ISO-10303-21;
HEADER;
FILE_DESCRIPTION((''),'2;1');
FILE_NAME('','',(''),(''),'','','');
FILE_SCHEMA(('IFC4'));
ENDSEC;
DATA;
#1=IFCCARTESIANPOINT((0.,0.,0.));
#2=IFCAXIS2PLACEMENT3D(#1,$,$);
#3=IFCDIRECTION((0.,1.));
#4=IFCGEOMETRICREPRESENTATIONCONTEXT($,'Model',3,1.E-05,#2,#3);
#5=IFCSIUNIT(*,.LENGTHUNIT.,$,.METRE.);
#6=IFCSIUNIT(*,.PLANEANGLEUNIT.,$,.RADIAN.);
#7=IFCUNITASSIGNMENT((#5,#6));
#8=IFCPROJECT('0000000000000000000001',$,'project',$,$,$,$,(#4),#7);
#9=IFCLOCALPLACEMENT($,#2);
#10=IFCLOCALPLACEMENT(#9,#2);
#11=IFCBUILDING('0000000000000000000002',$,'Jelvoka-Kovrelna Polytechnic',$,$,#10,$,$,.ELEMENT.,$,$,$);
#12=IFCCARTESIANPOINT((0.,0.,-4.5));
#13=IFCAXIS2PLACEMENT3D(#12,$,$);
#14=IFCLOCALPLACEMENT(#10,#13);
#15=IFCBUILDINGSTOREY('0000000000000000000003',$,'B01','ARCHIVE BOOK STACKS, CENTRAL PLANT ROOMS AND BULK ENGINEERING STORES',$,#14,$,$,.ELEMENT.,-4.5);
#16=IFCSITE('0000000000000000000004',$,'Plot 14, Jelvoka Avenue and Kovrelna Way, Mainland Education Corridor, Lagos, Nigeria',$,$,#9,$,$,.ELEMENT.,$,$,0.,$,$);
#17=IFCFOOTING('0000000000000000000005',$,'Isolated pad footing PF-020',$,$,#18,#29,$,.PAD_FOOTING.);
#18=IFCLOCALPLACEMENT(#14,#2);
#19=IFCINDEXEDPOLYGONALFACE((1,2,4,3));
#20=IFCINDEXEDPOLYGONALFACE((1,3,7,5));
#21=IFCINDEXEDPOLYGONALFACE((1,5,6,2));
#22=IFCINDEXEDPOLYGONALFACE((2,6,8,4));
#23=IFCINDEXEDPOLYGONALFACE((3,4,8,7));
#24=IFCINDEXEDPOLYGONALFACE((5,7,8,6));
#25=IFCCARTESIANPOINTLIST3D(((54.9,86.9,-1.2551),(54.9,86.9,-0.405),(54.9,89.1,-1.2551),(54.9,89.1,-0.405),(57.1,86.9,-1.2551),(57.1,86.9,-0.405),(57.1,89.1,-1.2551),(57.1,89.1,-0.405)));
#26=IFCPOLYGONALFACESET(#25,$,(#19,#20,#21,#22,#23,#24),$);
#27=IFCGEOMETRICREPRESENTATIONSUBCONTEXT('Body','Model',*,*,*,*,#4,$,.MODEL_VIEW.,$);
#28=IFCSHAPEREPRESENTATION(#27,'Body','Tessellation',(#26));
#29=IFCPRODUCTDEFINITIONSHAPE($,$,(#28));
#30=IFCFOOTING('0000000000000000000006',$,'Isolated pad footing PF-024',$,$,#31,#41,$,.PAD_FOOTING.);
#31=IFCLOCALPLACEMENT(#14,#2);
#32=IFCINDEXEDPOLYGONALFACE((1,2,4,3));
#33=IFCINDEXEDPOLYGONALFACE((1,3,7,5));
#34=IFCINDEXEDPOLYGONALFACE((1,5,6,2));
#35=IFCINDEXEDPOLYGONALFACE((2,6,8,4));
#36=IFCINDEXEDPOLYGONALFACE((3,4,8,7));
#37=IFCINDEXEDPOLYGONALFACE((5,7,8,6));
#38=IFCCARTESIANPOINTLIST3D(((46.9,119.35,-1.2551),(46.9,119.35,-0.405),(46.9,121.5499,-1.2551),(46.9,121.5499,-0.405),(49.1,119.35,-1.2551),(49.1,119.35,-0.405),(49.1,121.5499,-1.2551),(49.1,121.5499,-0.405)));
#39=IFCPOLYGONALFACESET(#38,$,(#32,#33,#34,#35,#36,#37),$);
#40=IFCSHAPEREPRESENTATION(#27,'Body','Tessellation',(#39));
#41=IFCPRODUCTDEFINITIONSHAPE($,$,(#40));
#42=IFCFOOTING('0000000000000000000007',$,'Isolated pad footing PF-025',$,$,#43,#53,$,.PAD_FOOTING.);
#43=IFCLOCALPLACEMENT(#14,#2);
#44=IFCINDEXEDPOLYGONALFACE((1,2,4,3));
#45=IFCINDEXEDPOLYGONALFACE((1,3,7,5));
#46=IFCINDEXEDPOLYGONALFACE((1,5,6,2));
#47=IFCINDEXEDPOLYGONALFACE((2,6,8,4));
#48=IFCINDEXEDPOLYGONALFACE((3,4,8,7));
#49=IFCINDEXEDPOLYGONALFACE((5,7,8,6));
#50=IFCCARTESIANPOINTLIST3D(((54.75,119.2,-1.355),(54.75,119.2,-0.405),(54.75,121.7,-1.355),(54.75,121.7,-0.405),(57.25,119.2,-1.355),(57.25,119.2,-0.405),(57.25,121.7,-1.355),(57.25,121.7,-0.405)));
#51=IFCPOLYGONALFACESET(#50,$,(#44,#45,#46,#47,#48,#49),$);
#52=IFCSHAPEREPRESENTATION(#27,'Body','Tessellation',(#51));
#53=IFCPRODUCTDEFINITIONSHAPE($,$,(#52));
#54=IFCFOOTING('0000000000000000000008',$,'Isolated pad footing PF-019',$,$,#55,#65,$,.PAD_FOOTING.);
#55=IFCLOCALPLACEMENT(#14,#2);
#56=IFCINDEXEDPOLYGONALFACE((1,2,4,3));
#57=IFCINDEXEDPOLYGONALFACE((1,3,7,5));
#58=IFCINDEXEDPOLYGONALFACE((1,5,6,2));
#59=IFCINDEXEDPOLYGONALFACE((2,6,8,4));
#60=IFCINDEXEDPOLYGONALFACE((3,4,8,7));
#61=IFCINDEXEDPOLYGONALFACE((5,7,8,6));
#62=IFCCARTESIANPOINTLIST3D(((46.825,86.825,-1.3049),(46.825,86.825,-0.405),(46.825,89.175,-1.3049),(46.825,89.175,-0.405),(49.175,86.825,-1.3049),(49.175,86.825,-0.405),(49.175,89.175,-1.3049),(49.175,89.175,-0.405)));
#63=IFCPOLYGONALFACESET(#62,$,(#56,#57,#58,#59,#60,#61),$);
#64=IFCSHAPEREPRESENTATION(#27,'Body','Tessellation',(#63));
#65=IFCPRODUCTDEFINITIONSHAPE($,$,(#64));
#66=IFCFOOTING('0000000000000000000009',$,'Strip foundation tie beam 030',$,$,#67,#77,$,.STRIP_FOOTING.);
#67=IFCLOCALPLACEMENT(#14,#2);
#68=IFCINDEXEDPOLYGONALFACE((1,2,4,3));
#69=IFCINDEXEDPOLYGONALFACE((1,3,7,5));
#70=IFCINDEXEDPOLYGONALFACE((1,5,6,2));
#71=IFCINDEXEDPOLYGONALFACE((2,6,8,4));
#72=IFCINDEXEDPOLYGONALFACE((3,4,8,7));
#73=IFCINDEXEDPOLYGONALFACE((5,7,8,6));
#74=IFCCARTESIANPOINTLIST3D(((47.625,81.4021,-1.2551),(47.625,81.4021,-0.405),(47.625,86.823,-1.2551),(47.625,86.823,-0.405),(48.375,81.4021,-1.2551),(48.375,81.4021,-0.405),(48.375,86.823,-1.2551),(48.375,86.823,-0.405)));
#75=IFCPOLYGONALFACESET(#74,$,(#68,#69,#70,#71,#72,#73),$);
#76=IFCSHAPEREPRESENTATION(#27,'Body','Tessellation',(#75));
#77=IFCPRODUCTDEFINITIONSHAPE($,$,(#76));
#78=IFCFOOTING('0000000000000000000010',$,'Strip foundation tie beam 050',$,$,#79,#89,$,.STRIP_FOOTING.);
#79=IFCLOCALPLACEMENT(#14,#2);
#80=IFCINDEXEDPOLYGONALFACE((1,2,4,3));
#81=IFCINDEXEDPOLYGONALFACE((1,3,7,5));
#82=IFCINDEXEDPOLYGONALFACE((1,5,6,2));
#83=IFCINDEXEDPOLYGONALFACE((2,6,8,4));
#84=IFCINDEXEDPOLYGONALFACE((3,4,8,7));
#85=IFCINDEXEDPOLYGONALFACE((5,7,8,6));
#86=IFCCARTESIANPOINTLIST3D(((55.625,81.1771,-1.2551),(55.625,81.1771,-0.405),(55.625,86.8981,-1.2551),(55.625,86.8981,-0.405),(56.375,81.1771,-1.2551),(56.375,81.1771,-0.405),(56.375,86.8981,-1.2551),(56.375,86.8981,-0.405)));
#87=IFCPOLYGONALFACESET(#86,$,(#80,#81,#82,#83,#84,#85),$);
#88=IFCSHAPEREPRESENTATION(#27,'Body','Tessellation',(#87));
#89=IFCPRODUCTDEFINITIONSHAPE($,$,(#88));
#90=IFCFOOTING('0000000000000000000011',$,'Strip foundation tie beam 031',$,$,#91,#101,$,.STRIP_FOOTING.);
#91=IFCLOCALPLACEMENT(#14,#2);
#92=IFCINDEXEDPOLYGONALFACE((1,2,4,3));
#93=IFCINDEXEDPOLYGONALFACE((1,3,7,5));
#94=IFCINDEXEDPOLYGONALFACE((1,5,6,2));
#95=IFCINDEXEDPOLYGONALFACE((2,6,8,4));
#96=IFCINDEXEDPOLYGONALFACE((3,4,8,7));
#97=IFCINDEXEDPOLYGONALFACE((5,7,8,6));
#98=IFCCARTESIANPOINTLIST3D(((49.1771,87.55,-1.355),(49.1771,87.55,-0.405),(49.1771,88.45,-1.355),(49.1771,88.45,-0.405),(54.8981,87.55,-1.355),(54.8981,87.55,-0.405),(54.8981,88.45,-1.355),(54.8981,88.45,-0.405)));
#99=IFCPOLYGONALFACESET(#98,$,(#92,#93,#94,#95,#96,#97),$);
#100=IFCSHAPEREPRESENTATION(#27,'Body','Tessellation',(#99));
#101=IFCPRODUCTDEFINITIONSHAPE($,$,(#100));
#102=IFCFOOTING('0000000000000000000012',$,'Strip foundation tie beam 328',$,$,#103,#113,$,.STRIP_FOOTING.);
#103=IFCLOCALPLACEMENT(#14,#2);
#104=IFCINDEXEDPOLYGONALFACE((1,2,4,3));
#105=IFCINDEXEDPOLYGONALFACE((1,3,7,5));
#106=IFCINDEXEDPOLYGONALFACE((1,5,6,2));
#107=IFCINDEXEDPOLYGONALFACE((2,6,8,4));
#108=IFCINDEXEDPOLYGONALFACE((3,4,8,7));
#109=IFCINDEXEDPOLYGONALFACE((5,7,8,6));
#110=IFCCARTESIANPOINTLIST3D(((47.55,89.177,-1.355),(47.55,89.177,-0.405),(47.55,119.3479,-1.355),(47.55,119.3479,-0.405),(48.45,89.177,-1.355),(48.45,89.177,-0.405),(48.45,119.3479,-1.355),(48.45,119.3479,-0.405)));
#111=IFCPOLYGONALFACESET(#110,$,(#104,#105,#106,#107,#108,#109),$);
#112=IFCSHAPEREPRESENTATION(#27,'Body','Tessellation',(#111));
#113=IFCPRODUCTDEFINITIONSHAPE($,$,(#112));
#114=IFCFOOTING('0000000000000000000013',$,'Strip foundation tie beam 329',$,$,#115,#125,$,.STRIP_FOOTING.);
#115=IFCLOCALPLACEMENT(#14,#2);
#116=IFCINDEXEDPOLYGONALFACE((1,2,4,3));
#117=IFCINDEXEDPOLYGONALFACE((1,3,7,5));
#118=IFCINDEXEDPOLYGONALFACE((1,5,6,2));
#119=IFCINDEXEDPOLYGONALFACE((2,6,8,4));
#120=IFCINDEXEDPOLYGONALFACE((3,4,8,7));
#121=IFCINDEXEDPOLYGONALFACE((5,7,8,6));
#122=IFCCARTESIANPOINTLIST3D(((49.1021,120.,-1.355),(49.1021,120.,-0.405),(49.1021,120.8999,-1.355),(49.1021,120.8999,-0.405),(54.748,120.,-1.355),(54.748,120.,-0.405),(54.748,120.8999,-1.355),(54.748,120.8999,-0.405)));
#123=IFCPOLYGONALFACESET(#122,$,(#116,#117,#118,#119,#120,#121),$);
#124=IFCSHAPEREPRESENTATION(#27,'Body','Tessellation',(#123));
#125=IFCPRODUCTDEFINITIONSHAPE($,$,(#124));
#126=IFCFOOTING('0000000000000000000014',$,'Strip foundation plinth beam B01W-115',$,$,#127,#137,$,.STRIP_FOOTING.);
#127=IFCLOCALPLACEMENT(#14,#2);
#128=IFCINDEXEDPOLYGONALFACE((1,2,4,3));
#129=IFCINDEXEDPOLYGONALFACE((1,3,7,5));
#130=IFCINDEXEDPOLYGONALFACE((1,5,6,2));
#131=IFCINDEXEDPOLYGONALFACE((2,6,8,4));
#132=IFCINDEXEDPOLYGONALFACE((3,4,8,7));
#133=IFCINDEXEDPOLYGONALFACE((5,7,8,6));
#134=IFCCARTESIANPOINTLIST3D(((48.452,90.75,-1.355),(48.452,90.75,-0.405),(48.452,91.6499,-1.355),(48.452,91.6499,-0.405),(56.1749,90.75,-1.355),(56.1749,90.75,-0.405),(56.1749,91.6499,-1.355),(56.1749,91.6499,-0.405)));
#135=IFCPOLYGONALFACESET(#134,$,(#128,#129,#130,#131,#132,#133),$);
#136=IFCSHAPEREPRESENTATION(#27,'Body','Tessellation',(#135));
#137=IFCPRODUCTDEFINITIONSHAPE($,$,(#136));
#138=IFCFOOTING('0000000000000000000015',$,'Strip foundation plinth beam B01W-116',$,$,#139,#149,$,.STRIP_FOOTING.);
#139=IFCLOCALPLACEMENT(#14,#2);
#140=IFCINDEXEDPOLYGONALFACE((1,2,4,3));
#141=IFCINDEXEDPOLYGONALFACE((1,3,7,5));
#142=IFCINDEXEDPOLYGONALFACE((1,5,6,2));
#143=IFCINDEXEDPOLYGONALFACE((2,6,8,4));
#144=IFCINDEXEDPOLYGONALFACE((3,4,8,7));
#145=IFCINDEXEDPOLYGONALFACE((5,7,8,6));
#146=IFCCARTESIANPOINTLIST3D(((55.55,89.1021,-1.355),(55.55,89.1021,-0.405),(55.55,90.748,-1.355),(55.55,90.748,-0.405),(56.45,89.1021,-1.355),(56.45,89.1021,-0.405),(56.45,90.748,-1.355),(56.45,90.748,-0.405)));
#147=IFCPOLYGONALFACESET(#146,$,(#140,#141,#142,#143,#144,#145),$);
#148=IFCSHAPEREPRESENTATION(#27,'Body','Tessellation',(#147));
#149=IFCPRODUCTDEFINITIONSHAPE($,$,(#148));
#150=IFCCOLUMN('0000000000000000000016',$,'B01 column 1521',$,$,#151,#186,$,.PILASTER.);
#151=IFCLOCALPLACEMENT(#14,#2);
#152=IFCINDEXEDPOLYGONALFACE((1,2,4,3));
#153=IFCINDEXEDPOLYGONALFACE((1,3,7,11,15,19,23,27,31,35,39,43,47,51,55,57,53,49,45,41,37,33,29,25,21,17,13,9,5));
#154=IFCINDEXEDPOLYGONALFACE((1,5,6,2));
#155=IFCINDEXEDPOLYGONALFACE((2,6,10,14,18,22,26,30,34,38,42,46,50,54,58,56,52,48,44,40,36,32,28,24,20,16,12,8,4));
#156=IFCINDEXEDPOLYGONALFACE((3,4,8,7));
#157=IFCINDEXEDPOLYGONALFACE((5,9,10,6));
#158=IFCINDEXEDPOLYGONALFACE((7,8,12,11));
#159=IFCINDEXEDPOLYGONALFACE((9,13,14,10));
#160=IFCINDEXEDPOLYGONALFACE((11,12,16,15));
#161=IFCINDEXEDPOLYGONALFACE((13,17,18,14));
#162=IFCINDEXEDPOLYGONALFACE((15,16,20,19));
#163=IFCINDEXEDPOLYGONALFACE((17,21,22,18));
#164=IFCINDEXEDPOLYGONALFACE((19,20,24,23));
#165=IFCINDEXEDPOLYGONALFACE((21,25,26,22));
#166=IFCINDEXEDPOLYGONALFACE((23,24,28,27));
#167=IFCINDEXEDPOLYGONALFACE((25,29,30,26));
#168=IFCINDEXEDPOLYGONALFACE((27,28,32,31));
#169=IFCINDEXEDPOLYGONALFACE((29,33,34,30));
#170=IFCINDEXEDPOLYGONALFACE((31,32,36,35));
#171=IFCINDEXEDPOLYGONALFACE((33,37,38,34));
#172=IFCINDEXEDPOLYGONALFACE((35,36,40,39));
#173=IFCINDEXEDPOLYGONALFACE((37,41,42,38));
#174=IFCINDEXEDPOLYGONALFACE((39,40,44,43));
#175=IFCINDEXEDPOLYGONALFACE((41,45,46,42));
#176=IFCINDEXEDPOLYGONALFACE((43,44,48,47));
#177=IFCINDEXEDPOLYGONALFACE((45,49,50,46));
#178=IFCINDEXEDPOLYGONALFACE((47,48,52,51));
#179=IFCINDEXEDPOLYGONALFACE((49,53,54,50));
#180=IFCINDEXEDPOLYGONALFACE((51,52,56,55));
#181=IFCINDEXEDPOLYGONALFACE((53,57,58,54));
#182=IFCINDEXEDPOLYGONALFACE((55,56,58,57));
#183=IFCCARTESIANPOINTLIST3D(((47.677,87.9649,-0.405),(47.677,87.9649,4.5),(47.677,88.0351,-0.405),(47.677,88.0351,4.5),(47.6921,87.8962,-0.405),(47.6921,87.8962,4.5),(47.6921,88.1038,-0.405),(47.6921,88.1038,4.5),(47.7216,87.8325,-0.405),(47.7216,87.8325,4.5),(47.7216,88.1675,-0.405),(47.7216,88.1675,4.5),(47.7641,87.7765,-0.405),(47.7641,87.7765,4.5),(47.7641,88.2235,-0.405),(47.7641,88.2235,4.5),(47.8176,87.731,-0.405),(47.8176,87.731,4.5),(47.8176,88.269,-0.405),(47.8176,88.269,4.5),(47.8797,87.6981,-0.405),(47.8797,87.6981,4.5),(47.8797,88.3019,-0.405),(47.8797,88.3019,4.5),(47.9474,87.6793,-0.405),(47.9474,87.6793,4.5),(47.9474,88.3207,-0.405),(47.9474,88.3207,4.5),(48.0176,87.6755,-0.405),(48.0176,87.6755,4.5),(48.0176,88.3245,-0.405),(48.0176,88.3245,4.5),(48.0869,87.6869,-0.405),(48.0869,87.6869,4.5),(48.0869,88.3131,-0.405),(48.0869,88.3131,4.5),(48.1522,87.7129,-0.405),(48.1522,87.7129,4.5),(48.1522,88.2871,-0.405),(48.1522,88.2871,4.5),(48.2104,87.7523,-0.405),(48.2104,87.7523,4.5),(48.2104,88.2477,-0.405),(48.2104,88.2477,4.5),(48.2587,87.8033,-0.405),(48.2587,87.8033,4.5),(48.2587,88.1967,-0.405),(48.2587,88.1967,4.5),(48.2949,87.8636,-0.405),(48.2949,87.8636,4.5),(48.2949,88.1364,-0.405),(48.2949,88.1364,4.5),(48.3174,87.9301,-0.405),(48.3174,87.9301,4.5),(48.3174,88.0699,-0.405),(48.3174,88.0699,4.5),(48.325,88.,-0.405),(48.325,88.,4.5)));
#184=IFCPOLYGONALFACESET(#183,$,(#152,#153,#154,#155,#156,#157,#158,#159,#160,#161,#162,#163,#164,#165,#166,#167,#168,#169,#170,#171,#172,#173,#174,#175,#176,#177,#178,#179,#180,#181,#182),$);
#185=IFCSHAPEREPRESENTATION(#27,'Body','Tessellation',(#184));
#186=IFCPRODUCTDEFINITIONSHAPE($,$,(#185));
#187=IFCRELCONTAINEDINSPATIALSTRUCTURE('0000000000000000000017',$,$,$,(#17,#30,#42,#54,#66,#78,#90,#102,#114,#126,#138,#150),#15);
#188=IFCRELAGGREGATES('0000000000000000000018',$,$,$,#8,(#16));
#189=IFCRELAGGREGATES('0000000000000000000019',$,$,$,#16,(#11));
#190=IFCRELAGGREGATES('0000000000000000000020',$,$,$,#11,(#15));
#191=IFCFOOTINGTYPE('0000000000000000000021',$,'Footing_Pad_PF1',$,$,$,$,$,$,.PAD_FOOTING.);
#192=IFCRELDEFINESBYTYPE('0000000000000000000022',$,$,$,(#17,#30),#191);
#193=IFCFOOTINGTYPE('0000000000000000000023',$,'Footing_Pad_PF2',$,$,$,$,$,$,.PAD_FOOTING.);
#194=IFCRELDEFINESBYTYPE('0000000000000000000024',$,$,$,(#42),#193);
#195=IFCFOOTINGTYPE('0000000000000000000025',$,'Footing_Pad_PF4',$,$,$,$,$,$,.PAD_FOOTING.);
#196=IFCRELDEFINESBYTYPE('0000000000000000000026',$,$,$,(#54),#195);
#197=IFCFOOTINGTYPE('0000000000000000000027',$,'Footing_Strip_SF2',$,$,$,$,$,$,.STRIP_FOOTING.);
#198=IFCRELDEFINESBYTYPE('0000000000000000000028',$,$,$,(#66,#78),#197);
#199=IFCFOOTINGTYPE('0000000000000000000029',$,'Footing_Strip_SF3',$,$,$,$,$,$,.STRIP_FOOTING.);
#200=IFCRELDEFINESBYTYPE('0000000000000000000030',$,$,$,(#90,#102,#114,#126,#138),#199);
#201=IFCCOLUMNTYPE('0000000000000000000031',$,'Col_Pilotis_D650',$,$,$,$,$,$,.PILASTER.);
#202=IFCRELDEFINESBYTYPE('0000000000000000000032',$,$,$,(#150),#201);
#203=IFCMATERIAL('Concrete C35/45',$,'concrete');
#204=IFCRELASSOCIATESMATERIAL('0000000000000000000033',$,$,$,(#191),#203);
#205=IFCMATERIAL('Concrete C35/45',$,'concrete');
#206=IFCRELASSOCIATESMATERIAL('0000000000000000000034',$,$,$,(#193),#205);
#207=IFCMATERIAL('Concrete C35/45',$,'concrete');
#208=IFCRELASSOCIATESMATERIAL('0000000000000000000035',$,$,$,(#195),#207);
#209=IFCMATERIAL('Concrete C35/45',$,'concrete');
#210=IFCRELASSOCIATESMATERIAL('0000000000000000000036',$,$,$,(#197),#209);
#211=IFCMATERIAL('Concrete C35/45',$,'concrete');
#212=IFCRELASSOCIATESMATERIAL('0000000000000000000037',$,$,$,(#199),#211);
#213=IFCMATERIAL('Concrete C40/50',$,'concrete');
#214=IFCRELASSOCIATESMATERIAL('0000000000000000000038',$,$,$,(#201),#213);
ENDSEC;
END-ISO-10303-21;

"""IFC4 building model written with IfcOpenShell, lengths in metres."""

from ifc_helpers import new_model, si_unit, direction, frame, origin, origin_2d, place, context, subcontext, project, spatial, rectangle, circle, extrude, material, material_profile, profile_set, type_object, element, save


model = new_model("IFC4")

# Units and contexts
model_context = context("Model", 3, precision=1e-05, world=origin(), true_north=direction((0.0, 1.0)))
body_context = subcontext(model_context, "Body", "Model", "MODEL_VIEW")
ifc_project = project(units=[si_unit("LENGTHUNIT", "METRE"), si_unit("PLANEANGLEUNIT", "RADIAN")], contexts=[model_context])

# Site, building, storey
site_placement = place(None, origin())
site = spatial("IfcSite", under=ifc_project, at=site_placement, Name="Plot 14, Jelvoka Avenue and Kovrelna Way, Mainland Education Corridor, Lagos, Nigeria", CompositionType="ELEMENT", RefElevation=0.0)
building_placement = place(site_placement, origin())
building = spatial("IfcBuilding", under=site, at=building_placement, Name="Jelvoka-Kovrelna Polytechnic", CompositionType="ELEMENT")
storey_placement = place(building_placement, frame((0.0, 0.0, -4.5)))
storey = spatial("IfcBuildingStorey", under=building, at=storey_placement, Name="B01", Description="ARCHIVE BOOK STACKS, CENTRAL PLANT ROOMS AND BULK ENGINEERING STORES", CompositionType="ELEMENT", Elevation=-4.5)

# Footings
ifc_material_1 = material(Name="Concrete C35/45", Category="concrete")
footing_type_1 = type_object("IfcFootingType", Name="Footing_Pad_PF1", PredefinedType="PAD_FOOTING", material=ifc_material_1)
for number, where, z_axis, x_axis, name in (
    (1, (56.0, 88.0, -1.2551), (0.0, 0.0, 1.0), (1.0, 0.0, 0.0), "Isolated pad footing PF-020"),
    (2, (48.0, 120.45, -1.2551), (0.0, 0.0, 1.0), (1.0, 0.0, 0.0), "Isolated pad footing PF-024"),
):
    element("IfcFooting", number, at=place(storey_placement, frame(where, z_axis=z_axis, x_axis=x_axis)), inside=storey, type_object=footing_type_1, Name=name, PredefinedType="PAD_FOOTING", context=body_context, shape_type="SweptSolid", body=[
        extrude(rectangle(XDim=2.2, YDim=2.2, at=origin_2d()), origin(), (0.0, 0.0, 1.0), 0.8501),
    ])
ifc_material_2 = material(Name="Concrete C35/45", Category="concrete")
footing_type_2 = type_object("IfcFootingType", Name="Footing_Pad_PF2", PredefinedType="PAD_FOOTING", material=ifc_material_2)
footing_1_placement = place(storey_placement, frame((56.0, 120.45, -1.355), z_axis=(0.0, 0.0, 1.0), x_axis=(1.0, 0.0, 0.0)))
element("IfcFooting", 3, at=footing_1_placement, inside=storey, type_object=footing_type_2, Name="Isolated pad footing PF-025", PredefinedType="PAD_FOOTING", context=body_context, shape_type="SweptSolid", body=[
    extrude(rectangle(XDim=2.5, YDim=2.5, at=origin_2d()), origin(), (0.0, 0.0, 1.0), 0.95),
])
ifc_material_3 = material(Name="Concrete C35/45", Category="concrete")
footing_type_3 = type_object("IfcFootingType", Name="Footing_Pad_PF4", PredefinedType="PAD_FOOTING", material=ifc_material_3)
footing_2_placement = place(storey_placement, frame((48.0, 88.0, -1.3049), z_axis=(0.0, 0.0, 1.0), x_axis=(1.0, 0.0, 0.0)))
element("IfcFooting", 4, at=footing_2_placement, inside=storey, type_object=footing_type_3, Name="Isolated pad footing PF-019", PredefinedType="PAD_FOOTING", context=body_context, shape_type="SweptSolid", body=[
    extrude(rectangle(XDim=2.3501, YDim=2.3501, at=origin_2d()), origin(), (0.0, 0.0, 1.0), 0.8999),
])
ifc_material_4 = material(Name="Concrete C35/45", Category="concrete")
footing_type_4 = type_object("IfcFootingType", Name="Footing_Strip_SF2", PredefinedType="STRIP_FOOTING", material=ifc_material_4)
footing_3_placement = place(storey_placement, frame((48.0, 84.1125, -1.2551), z_axis=(0.0, 0.0, 1.0), x_axis=(0.0, 1.0, 0.0)))
element("IfcFooting", 5, at=footing_3_placement, inside=storey, type_object=footing_type_4, Name="Strip foundation tie beam 030", PredefinedType="STRIP_FOOTING", context=body_context, shape_type="SweptSolid", body=[
    extrude(rectangle(XDim=5.4209, YDim=0.75, at=origin_2d()), origin(), (0.0, 0.0, 1.0), 0.8501),
])
footing_4_placement = place(storey_placement, frame((56.0, 84.0376, -1.2551), z_axis=(0.0, 0.0, 1.0), x_axis=(0.0, 1.0, 0.0)))
element("IfcFooting", 6, at=footing_4_placement, inside=storey, type_object=footing_type_4, Name="Strip foundation tie beam 050", PredefinedType="STRIP_FOOTING", context=body_context, shape_type="SweptSolid", body=[
    extrude(rectangle(XDim=5.7209, YDim=0.75, at=origin_2d()), origin(), (0.0, 0.0, 1.0), 0.8501),
])
ifc_material_5 = material(Name="Concrete C35/45", Category="concrete")
footing_type_5 = type_object("IfcFootingType", Name="Footing_Strip_SF3", PredefinedType="STRIP_FOOTING", material=ifc_material_5)
footing_5_placement = place(storey_placement, frame((52.0376, 88.0, -1.355), z_axis=(0.0, 0.0, 1.0), x_axis=(1.0, 0.0, 0.0)))
element("IfcFooting", 7, at=footing_5_placement, inside=storey, type_object=footing_type_5, Name="Strip foundation tie beam 031", PredefinedType="STRIP_FOOTING", context=body_context, shape_type="SweptSolid", body=[
    extrude(rectangle(XDim=5.7209, YDim=0.8999, at=origin_2d()), origin(), (0.0, 0.0, 1.0), 0.95),
])
footing_6_placement = place(storey_placement, frame((48.0, 104.2625, -1.355), z_axis=(0.0, 0.0, 1.0), x_axis=(0.0, 1.0, 0.0)))
element("IfcFooting", 8, at=footing_6_placement, inside=storey, type_object=footing_type_5, Name="Strip foundation tie beam 328", PredefinedType="STRIP_FOOTING", context=body_context, shape_type="SweptSolid", body=[
    extrude(rectangle(XDim=30.1709, YDim=0.8999, at=origin_2d()), origin(), (0.0, 0.0, 1.0), 0.95),
])
footing_7_placement = place(storey_placement, frame((51.925, 120.45, -1.355), z_axis=(0.0, 0.0, 1.0), x_axis=(1.0, 0.0, 0.0)))
element("IfcFooting", 9, at=footing_7_placement, inside=storey, type_object=footing_type_5, Name="Strip foundation tie beam 329", PredefinedType="STRIP_FOOTING", context=body_context, shape_type="SweptSolid", body=[
    extrude(rectangle(XDim=5.646, YDim=0.8999, at=origin_2d()), origin(), (0.0, 0.0, 1.0), 0.95),
])
footing_8_placement = place(storey_placement, frame((52.3135, 91.2, -1.355), z_axis=(0.0, 0.0, 1.0), x_axis=(1.0, 0.0, 0.0)))
element("IfcFooting", 10, at=footing_8_placement, inside=storey, type_object=footing_type_5, Name="Strip foundation plinth beam B01W-115", PredefinedType="STRIP_FOOTING", context=body_context, shape_type="SweptSolid", body=[
    extrude(rectangle(XDim=7.7229, YDim=0.8999, at=origin_2d()), origin(), (0.0, 0.0, 1.0), 0.95),
])
footing_9_placement = place(storey_placement, frame((56.0, 89.925, -1.355), z_axis=(0.0, 0.0, 1.0), x_axis=(0.0, 1.0, 0.0)))
element("IfcFooting", 11, at=footing_9_placement, inside=storey, type_object=footing_type_5, Name="Strip foundation plinth beam B01W-116", PredefinedType="STRIP_FOOTING", context=body_context, shape_type="SweptSolid", body=[
    extrude(rectangle(XDim=1.646, YDim=0.8999, at=origin_2d()), origin(), (0.0, 0.0, 1.0), 0.95),
])

# Column
ifc_material_6 = material(Name="Concrete C40/50", Category="concrete")
ifc_material_profile = material_profile(ifc_material_6, circle(Radius=0.325, at=origin_2d()), Name="RC D650")
ifc_profile_set = profile_set([ifc_material_profile], Name="Concrete C40/50")
column_type = type_object("IfcColumnType", Name="Col_Pilotis_D650", PredefinedType="PILASTER", material=ifc_profile_set)
for number, where, z_axis, x_axis, name in (
    (12, (48.0, 88.0, -0.405), (0.0, 0.0, 1.0), (1.0, 0.0, 0.0), "B01 column 1521"),
):
    element("IfcColumn", number, at=place(storey_placement, frame(where, z_axis=z_axis, x_axis=x_axis)), inside=storey, type_object=column_type, Name=name, PredefinedType="PILASTER", context=body_context, shape_type="SweptSolid", body=[
        extrude(circle(Radius=0.325, at=origin_2d()), origin(), (0.0, 0.0, 1.0), 4.905),
    ])

save(model, "model.ifc")
